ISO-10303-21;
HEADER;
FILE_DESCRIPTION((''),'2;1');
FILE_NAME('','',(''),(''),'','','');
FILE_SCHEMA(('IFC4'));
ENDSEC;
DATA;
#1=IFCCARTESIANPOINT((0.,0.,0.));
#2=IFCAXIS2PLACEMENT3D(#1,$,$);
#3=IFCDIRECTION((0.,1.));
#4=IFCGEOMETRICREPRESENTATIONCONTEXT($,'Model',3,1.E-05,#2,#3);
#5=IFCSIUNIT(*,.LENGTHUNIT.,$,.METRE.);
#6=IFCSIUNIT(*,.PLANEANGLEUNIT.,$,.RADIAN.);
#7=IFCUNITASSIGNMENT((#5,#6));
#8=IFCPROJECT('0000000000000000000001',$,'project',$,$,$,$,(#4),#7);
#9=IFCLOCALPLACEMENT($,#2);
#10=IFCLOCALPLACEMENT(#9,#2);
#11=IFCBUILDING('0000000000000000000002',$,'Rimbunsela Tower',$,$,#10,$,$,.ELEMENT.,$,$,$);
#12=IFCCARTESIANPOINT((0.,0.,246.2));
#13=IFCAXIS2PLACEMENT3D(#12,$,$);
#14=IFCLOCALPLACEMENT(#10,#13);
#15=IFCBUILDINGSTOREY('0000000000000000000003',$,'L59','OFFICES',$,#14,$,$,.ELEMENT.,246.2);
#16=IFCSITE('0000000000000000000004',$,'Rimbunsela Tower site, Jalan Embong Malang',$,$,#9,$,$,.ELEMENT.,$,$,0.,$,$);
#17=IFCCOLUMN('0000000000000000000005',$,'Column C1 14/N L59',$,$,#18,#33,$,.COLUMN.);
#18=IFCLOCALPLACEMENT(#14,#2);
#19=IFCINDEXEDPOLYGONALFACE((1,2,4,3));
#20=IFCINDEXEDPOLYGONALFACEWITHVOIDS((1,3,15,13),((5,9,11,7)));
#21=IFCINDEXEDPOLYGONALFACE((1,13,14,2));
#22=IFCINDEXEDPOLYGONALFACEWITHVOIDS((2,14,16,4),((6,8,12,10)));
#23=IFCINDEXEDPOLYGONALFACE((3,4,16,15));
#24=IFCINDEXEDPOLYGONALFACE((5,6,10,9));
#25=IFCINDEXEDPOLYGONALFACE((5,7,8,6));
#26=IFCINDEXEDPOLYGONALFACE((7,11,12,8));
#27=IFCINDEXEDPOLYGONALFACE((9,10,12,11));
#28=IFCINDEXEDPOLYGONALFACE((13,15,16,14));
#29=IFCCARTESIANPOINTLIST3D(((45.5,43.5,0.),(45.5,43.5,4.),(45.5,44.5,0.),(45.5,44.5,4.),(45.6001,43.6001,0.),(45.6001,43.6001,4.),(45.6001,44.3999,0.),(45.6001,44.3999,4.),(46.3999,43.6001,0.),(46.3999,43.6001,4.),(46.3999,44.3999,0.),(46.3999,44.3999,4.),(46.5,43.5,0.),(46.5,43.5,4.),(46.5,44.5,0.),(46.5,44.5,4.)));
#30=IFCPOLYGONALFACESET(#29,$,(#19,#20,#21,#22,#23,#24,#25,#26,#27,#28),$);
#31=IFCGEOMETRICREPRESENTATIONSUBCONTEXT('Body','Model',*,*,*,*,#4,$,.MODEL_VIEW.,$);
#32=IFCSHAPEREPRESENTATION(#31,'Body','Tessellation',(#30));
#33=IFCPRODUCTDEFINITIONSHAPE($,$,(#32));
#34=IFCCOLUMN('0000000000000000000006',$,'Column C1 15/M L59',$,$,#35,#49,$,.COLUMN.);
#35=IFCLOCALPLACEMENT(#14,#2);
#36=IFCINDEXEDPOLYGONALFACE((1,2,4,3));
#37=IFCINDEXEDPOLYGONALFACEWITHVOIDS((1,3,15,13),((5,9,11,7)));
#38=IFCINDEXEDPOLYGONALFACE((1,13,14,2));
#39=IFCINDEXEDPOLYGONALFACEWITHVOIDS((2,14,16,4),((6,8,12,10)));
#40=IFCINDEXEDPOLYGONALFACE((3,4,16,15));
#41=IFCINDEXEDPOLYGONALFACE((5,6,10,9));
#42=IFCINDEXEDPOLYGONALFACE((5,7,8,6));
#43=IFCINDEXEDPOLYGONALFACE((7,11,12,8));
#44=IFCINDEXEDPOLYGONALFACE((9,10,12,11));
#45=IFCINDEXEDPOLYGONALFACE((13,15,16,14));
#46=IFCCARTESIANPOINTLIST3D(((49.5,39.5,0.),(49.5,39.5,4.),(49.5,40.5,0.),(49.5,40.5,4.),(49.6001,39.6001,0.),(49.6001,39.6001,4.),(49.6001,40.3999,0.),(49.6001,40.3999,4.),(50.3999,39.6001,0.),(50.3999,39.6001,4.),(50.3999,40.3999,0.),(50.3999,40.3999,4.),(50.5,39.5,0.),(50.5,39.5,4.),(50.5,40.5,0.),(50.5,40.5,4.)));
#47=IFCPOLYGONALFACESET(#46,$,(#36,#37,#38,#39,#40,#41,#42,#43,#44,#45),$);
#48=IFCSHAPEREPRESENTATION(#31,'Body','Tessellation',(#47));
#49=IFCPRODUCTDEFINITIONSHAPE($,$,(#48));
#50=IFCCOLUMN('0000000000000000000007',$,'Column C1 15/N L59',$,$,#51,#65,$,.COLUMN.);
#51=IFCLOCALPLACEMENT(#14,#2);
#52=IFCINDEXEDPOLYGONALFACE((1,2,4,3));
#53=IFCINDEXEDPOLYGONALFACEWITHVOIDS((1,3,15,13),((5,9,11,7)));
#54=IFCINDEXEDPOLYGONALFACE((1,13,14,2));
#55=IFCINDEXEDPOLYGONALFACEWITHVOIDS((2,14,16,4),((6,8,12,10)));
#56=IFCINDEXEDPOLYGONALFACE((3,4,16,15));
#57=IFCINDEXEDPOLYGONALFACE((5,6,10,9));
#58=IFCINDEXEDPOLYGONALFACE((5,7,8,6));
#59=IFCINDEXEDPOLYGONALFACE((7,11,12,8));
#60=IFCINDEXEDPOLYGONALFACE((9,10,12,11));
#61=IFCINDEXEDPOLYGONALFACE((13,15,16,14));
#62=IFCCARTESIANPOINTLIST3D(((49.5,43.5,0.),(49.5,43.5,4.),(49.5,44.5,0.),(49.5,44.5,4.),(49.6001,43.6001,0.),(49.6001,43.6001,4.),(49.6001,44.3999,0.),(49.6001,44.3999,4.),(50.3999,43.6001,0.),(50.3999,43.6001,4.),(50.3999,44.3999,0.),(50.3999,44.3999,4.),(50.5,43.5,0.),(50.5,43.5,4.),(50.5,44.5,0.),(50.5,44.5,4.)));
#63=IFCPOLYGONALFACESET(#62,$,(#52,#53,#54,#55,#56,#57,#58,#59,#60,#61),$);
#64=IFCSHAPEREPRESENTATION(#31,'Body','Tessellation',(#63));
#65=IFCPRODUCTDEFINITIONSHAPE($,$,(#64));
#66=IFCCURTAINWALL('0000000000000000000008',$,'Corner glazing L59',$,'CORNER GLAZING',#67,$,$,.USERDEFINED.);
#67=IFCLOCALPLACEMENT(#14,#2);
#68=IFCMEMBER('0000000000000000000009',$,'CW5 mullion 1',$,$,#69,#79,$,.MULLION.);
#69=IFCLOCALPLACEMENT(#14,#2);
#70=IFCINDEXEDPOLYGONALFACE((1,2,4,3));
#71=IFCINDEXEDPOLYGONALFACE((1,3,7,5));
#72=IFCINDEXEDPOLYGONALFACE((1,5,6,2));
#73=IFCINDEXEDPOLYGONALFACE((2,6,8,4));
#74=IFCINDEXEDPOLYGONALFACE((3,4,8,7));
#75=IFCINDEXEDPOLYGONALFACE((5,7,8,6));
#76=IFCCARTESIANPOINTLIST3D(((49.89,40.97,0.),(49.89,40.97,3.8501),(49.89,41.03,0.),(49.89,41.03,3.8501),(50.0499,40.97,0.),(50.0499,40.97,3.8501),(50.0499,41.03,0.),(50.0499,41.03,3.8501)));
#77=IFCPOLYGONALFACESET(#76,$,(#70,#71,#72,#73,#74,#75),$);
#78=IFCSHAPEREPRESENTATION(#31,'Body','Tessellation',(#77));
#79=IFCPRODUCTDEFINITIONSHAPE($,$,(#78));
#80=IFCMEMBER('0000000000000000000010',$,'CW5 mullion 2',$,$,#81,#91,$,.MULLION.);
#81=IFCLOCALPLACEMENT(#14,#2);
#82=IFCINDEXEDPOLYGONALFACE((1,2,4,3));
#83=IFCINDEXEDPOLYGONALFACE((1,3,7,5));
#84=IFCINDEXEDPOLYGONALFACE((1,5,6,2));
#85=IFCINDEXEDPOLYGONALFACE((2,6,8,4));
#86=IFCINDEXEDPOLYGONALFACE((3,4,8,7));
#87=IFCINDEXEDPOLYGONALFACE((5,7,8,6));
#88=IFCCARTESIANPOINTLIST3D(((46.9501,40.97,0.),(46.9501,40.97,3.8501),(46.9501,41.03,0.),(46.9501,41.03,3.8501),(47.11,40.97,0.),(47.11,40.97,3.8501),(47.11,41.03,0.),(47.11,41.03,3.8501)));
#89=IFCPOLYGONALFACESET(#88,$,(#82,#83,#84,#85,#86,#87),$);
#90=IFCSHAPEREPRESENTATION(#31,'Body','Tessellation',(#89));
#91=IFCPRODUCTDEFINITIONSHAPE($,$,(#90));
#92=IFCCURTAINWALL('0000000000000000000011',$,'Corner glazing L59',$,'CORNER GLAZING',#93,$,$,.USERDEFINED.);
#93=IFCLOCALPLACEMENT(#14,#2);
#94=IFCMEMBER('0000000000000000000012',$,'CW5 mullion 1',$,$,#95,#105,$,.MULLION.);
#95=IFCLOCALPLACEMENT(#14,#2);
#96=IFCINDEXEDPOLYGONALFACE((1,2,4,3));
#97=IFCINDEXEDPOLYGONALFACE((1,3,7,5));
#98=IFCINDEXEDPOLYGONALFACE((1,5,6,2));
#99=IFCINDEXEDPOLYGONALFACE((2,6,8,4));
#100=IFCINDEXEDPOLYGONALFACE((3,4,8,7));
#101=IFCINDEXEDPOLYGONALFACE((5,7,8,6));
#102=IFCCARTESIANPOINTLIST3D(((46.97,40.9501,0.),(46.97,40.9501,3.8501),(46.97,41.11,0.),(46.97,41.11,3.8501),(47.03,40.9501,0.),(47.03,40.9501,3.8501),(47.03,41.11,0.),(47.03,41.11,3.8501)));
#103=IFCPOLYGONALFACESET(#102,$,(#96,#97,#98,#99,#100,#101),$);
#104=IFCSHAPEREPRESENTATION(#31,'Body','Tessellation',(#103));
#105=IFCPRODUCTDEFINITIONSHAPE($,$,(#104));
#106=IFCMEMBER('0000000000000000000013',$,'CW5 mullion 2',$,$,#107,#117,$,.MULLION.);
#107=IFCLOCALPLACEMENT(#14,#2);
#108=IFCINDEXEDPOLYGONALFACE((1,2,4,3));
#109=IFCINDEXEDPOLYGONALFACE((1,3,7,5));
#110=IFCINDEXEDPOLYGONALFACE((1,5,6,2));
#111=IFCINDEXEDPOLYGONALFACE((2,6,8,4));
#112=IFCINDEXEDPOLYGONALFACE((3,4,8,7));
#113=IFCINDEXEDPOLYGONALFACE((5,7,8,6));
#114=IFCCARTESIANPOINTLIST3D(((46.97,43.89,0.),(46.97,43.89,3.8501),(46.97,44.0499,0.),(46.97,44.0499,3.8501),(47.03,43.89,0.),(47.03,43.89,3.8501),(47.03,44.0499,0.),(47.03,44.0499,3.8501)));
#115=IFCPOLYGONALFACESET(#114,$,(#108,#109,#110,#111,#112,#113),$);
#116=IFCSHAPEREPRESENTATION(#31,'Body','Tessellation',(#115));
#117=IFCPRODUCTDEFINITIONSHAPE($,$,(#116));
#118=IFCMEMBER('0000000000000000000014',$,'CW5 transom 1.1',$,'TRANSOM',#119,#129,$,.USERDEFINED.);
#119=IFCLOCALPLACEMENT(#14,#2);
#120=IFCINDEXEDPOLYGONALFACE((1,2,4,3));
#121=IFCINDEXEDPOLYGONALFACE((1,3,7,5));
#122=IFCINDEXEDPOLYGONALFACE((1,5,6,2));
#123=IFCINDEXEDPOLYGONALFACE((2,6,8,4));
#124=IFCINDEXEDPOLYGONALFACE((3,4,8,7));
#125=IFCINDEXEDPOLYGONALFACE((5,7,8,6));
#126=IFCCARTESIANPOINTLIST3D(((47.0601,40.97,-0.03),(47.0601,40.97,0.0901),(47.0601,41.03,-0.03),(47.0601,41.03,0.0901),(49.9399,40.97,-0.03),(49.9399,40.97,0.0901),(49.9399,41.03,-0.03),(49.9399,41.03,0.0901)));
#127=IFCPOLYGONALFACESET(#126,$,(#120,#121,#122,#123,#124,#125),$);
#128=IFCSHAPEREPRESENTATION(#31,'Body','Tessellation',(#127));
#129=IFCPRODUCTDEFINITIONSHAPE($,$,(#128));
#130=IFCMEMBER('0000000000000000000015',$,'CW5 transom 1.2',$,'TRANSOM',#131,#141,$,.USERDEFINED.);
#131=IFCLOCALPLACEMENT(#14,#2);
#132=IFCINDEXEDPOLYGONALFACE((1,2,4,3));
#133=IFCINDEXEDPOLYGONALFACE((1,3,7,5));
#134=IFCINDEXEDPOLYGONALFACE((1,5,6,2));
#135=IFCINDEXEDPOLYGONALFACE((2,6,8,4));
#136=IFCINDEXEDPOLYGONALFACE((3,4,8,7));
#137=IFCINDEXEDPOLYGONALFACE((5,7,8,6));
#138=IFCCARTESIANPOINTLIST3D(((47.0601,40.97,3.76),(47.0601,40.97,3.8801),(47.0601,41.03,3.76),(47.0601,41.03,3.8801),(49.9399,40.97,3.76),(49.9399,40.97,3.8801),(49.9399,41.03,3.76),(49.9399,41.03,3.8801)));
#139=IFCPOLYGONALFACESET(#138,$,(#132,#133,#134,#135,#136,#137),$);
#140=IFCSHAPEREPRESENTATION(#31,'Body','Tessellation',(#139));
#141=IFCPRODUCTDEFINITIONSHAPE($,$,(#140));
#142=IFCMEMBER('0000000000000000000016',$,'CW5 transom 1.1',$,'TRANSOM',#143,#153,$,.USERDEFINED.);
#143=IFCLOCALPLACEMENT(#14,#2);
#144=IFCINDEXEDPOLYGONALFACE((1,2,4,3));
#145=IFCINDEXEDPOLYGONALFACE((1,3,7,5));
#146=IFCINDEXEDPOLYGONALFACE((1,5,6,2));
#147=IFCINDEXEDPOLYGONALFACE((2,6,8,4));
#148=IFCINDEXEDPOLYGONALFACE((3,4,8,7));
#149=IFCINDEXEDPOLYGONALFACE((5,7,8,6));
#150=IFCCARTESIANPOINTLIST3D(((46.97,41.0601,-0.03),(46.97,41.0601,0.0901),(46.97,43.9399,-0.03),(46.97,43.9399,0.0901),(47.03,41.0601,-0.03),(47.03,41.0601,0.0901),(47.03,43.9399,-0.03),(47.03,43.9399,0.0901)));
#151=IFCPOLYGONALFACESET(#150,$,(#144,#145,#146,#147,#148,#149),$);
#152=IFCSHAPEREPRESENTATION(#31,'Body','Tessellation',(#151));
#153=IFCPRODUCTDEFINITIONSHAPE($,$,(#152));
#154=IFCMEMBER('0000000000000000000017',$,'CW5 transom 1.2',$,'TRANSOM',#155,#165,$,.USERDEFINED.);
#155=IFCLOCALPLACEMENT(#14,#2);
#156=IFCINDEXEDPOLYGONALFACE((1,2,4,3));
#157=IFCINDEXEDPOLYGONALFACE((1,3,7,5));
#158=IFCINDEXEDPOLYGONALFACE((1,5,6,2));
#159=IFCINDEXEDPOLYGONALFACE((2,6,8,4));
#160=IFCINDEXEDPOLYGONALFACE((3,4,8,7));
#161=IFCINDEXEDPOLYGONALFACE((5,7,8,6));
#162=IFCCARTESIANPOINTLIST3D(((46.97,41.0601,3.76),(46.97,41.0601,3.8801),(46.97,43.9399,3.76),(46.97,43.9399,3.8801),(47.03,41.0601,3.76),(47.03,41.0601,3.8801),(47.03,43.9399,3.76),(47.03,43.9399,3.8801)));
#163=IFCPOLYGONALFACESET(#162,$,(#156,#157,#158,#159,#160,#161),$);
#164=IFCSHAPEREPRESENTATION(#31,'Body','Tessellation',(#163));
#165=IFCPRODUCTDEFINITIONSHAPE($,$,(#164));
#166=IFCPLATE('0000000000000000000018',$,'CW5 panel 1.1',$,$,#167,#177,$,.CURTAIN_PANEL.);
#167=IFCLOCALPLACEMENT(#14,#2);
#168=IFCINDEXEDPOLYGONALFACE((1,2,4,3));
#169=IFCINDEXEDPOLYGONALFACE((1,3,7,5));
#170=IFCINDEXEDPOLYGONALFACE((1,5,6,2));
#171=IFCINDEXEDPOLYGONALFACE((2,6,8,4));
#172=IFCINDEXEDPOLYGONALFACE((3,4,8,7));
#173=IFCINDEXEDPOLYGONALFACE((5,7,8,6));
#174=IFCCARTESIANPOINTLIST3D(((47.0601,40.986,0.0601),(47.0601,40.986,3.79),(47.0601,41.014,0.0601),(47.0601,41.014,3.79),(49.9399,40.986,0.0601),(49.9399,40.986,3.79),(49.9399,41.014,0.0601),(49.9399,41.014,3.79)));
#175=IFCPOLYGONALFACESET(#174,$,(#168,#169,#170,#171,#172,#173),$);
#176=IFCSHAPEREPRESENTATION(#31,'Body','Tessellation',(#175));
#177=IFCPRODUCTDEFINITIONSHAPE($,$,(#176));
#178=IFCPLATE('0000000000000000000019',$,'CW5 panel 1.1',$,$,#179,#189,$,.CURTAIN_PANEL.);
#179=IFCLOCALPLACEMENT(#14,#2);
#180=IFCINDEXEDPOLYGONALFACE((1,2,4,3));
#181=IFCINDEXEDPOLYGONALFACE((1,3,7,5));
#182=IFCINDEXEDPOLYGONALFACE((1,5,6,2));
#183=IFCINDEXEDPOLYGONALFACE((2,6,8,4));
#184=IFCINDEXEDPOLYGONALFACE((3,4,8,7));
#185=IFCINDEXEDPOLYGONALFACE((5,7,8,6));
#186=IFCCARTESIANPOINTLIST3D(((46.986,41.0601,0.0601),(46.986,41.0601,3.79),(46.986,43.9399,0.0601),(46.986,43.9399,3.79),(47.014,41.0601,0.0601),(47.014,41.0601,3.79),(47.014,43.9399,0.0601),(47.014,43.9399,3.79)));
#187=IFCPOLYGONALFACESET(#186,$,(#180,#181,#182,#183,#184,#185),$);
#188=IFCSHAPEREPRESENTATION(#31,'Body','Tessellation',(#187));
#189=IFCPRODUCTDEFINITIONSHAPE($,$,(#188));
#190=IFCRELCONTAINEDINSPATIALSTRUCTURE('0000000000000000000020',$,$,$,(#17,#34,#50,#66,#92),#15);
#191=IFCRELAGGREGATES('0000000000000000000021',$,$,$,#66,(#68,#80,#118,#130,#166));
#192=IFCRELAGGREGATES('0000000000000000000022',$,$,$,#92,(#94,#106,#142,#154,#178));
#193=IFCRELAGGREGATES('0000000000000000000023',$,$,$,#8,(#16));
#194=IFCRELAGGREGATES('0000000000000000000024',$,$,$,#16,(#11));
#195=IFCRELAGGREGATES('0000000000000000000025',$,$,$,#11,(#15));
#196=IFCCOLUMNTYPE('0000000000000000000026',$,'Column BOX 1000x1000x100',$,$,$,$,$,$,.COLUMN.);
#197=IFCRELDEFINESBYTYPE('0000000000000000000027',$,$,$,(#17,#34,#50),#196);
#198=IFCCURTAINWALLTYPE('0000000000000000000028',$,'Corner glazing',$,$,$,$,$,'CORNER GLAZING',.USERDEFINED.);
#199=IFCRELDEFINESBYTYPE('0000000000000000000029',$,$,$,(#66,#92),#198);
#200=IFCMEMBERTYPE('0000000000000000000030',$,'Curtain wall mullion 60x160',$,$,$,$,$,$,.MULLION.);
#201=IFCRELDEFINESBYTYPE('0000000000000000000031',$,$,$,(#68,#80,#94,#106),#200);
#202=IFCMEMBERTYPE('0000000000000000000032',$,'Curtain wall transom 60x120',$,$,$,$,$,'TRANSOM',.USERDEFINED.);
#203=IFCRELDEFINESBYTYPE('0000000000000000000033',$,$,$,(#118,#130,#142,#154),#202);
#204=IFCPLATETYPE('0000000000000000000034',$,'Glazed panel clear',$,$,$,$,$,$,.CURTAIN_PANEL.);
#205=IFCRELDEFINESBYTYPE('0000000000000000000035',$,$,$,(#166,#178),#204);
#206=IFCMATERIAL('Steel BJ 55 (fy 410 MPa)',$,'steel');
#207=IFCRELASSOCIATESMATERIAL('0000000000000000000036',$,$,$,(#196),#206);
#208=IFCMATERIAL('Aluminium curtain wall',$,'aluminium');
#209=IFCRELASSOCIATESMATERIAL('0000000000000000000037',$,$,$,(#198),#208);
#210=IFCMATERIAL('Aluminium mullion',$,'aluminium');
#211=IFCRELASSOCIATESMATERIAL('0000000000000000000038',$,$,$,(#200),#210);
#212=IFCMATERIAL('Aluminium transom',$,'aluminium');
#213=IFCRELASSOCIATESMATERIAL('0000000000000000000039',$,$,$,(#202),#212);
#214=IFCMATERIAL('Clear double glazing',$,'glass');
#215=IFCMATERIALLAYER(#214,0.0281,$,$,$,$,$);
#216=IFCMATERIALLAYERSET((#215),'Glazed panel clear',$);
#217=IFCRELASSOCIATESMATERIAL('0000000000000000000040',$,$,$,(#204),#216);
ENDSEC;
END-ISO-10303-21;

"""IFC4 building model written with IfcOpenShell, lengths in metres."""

from ifc_helpers import new_model, si_unit, direction, frame, origin, origin_2d, place, context, subcontext, project, spatial, rectangle, hollow_rectangle, extrude, material, layer, layer_set, material_profile, profile_set, type_object, element, aggregate, save


model = new_model("IFC4")

# Units and contexts
model_context = context("Model", 3, precision=1e-05, world=origin(), true_north=direction((0.0, 1.0)))
body_context = subcontext(model_context, "Body", "Model", "MODEL_VIEW")
ifc_project = project(units=[si_unit("LENGTHUNIT", "METRE"), si_unit("PLANEANGLEUNIT", "RADIAN")], contexts=[model_context])

# Site, building, storey
site_placement = place(None, origin())
site = spatial("IfcSite", under=ifc_project, at=site_placement, Name="Rimbunsela Tower site, Jalan Embong Malang", CompositionType="ELEMENT", RefElevation=0.0)
building_placement = place(site_placement, origin())
building = spatial("IfcBuilding", under=site, at=building_placement, Name="Rimbunsela Tower", CompositionType="ELEMENT")
storey_placement = place(building_placement, frame((0.0, 0.0, 246.2)))
storey = spatial("IfcBuildingStorey", under=building, at=storey_placement, Name="L59", Description="OFFICES", CompositionType="ELEMENT", Elevation=246.2)

# Columns
ifc_material_1 = material(Name="Steel BJ 55 (fy 410 MPa)", Category="steel")
ifc_material_profile_1 = material_profile(ifc_material_1, hollow_rectangle(XDim=1.0, YDim=1.0, WallThickness=0.1001, at=origin_2d()), Name="BOX 1000x1000x100")
ifc_profile_set_1 = profile_set([ifc_material_profile_1], Name="Steel BJ 55 (fy 410 MPa)")
column_type = type_object("IfcColumnType", Name="Column BOX 1000x1000x100", PredefinedType="COLUMN", material=ifc_profile_set_1)
for number, where, z_axis, x_axis, name in (
    (1, (46.0, 44.0, 0.0), (0.0, 0.0, 1.0), (1.0, 0.0, 0.0), "Column C1 14/N L59"),
    (2, (50.0, 40.0, 0.0), (0.0, 0.0, 1.0), (1.0, 0.0, 0.0), "Column C1 15/M L59"),
    (3, (50.0, 44.0, 0.0), (0.0, 0.0, 1.0), (1.0, 0.0, 0.0), "Column C1 15/N L59"),
):
    element("IfcColumn", number, at=place(storey_placement, frame(where, z_axis=z_axis, x_axis=x_axis)), inside=storey, type_object=column_type, Name=name, PredefinedType="COLUMN", context=body_context, shape_type="SweptSolid", body=[
        extrude(hollow_rectangle(XDim=1.0, YDim=1.0, WallThickness=0.1001, at=origin_2d()), origin(), (0.0, 0.0, 1.0), 4.0),
    ])

# Curtain walls, members
ifc_material_2 = material(Name="Aluminium curtain wall", Category="aluminium")
curtain_wall_type = type_object("IfcCurtainWallType", Name="Corner glazing", ElementType="CORNER GLAZING", PredefinedType="USERDEFINED", material=ifc_material_2)
curtain_wall_1_placement = place(storey_placement, origin())
curtain_wall_1 = element("IfcCurtainWall", 4, at=curtain_wall_1_placement, inside=storey, type_object=curtain_wall_type, Name="Corner glazing L59", ObjectType="CORNER GLAZING", PredefinedType="USERDEFINED")
ifc_material_3 = material(Name="Aluminium mullion", Category="aluminium")
ifc_material_profile_2 = material_profile(ifc_material_3, rectangle(XDim=0.0601, YDim=0.1599, at=origin_2d()), Name="Mullion 60x160")
ifc_profile_set_2 = profile_set([ifc_material_profile_2], Name="Aluminium mullion")
member_type_1 = type_object("IfcMemberType", Name="Curtain wall mullion 60x160", PredefinedType="MULLION", material=ifc_profile_set_2)
member_1_placement = place(storey_placement, frame((49.97, 41.0, 0.0), z_axis=(0.0, 0.0, 1.0), x_axis=(0.0, -1.0, 0.0)))
member_1 = element("IfcMember", 5, at=member_1_placement, type_object=member_type_1, Name="CW5 mullion 1", PredefinedType="MULLION", context=body_context, shape_type="SweptSolid", body=[
    extrude(rectangle(XDim=0.0601, YDim=0.1599, at=origin_2d()), origin(), (0.0, 0.0, 1.0), 3.8501),
])
member_2_placement = place(storey_placement, frame((47.03, 41.0, 0.0), z_axis=(0.0, 0.0, 1.0), x_axis=(0.0, -1.0, 0.0)))
member_2 = element("IfcMember", 6, at=member_2_placement, type_object=member_type_1, Name="CW5 mullion 2", PredefinedType="MULLION", context=body_context, shape_type="SweptSolid", body=[
    extrude(rectangle(XDim=0.0601, YDim=0.1599, at=origin_2d()), origin(), (0.0, 0.0, 1.0), 3.8501),
])
curtain_wall_2_placement = place(storey_placement, origin())
curtain_wall_2 = element("IfcCurtainWall", 7, at=curtain_wall_2_placement, inside=storey, type_object=curtain_wall_type, Name="Corner glazing L59", ObjectType="CORNER GLAZING", PredefinedType="USERDEFINED")
member_3_placement = place(storey_placement, frame((47.0, 41.03, 0.0), z_axis=(0.0, 0.0, 1.0), x_axis=(-1.0, 0.0, 0.0)))
member_3 = element("IfcMember", 8, at=member_3_placement, type_object=member_type_1, Name="CW5 mullion 1", PredefinedType="MULLION", context=body_context, shape_type="SweptSolid", body=[
    extrude(rectangle(XDim=0.0601, YDim=0.1599, at=origin_2d()), origin(), (0.0, 0.0, 1.0), 3.8501),
])
member_4_placement = place(storey_placement, frame((47.0, 43.97, 0.0), z_axis=(0.0, 0.0, 1.0), x_axis=(-1.0, 0.0, 0.0)))
member_4 = element("IfcMember", 9, at=member_4_placement, type_object=member_type_1, Name="CW5 mullion 2", PredefinedType="MULLION", context=body_context, shape_type="SweptSolid", body=[
    extrude(rectangle(XDim=0.0601, YDim=0.1599, at=origin_2d()), origin(), (0.0, 0.0, 1.0), 3.8501),
])

# Members
ifc_material_4 = material(Name="Aluminium transom", Category="aluminium")
ifc_material_profile_3 = material_profile(ifc_material_4, rectangle(XDim=0.0601, YDim=0.1201, at=origin_2d()), Name="Transom 60x120")
ifc_profile_set_3 = profile_set([ifc_material_profile_3], Name="Aluminium transom")
member_type_2 = type_object("IfcMemberType", Name="Curtain wall transom 60x120", ElementType="TRANSOM", PredefinedType="USERDEFINED", material=ifc_profile_set_3)
member_5_placement = place(storey_placement, frame((49.9399, 41.0, 0.03), z_axis=(-1.0, 0.0, 0.0), x_axis=(0.0, -1.0, 0.0)))
member_5 = element("IfcMember", 10, at=member_5_placement, type_object=member_type_2, Name="CW5 transom 1.1", ObjectType="TRANSOM", PredefinedType="USERDEFINED", context=body_context, shape_type="SweptSolid", body=[
    extrude(rectangle(XDim=0.0601, YDim=0.1201, at=origin_2d()), origin(), (0.0, 0.0, 1.0), 2.8799),
])
member_6_placement = place(storey_placement, frame((49.9399, 41.0, 3.8201), z_axis=(-1.0, 0.0, 0.0), x_axis=(0.0, -1.0, 0.0)))
member_6 = element("IfcMember", 11, at=member_6_placement, type_object=member_type_2, Name="CW5 transom 1.2", ObjectType="TRANSOM", PredefinedType="USERDEFINED", context=body_context, shape_type="SweptSolid", body=[
    extrude(rectangle(XDim=0.0601, YDim=0.1201, at=origin_2d()), origin(), (0.0, 0.0, 1.0), 2.8799),
])
member_7_placement = place(storey_placement, frame((47.0, 41.0601, 0.03), z_axis=(0.0, 1.0, 0.0), x_axis=(-1.0, 0.0, 0.0)))
member_7 = element("IfcMember", 12, at=member_7_placement, type_object=member_type_2, Name="CW5 transom 1.1", ObjectType="TRANSOM", PredefinedType="USERDEFINED", context=body_context, shape_type="SweptSolid", body=[
    extrude(rectangle(XDim=0.0601, YDim=0.1201, at=origin_2d()), origin(), (0.0, 0.0, 1.0), 2.8799),
])
member_8_placement = place(storey_placement, frame((47.0, 41.0601, 3.8201), z_axis=(0.0, 1.0, 0.0), x_axis=(-1.0, 0.0, 0.0)))
member_8 = element("IfcMember", 13, at=member_8_placement, type_object=member_type_2, Name="CW5 transom 1.2", ObjectType="TRANSOM", PredefinedType="USERDEFINED", context=body_context, shape_type="SweptSolid", body=[
    extrude(rectangle(XDim=0.0601, YDim=0.1201, at=origin_2d()), origin(), (0.0, 0.0, 1.0), 2.8799),
])

# Plates
ifc_material_5 = material(Name="Clear double glazing", Category="glass")
ifc_layer_1 = layer(ifc_material_5, 0.0281)
ifc_layer_set_1 = layer_set([ifc_layer_1], Name="Glazed panel clear")
plate_type = type_object("IfcPlateType", Name="Glazed panel clear", PredefinedType="CURTAIN_PANEL", material=ifc_layer_set_1)
plate_1_placement = place(storey_placement, frame((48.5, 41.0, 0.0601), z_axis=(0.0, 0.0, 1.0), x_axis=(-1.0, 0.0, 0.0)))
plate_1 = element("IfcPlate", 14, at=plate_1_placement, type_object=plate_type, Name="CW5 panel 1.1", PredefinedType="CURTAIN_PANEL", context=body_context, shape_type="SweptSolid", body=[
    extrude(rectangle(XDim=2.8799, YDim=0.0281, at=origin_2d()), origin(), (0.0, 0.0, 1.0), 3.73),
])
aggregate(curtain_wall_1, [member_1, member_2, member_5, member_6, plate_1])
plate_2_placement = place(storey_placement, frame((47.0, 42.5, 0.0601), z_axis=(0.0, 0.0, 1.0), x_axis=(0.0, 1.0, 0.0)))
plate_2 = element("IfcPlate", 15, at=plate_2_placement, type_object=plate_type, Name="CW5 panel 1.1", PredefinedType="CURTAIN_PANEL", context=body_context, shape_type="SweptSolid", body=[
    extrude(rectangle(XDim=2.8799, YDim=0.0281, at=origin_2d()), origin(), (0.0, 0.0, 1.0), 3.73),
])
aggregate(curtain_wall_2, [member_3, member_4, member_7, member_8, plate_2])

save(model, "model.ifc")
